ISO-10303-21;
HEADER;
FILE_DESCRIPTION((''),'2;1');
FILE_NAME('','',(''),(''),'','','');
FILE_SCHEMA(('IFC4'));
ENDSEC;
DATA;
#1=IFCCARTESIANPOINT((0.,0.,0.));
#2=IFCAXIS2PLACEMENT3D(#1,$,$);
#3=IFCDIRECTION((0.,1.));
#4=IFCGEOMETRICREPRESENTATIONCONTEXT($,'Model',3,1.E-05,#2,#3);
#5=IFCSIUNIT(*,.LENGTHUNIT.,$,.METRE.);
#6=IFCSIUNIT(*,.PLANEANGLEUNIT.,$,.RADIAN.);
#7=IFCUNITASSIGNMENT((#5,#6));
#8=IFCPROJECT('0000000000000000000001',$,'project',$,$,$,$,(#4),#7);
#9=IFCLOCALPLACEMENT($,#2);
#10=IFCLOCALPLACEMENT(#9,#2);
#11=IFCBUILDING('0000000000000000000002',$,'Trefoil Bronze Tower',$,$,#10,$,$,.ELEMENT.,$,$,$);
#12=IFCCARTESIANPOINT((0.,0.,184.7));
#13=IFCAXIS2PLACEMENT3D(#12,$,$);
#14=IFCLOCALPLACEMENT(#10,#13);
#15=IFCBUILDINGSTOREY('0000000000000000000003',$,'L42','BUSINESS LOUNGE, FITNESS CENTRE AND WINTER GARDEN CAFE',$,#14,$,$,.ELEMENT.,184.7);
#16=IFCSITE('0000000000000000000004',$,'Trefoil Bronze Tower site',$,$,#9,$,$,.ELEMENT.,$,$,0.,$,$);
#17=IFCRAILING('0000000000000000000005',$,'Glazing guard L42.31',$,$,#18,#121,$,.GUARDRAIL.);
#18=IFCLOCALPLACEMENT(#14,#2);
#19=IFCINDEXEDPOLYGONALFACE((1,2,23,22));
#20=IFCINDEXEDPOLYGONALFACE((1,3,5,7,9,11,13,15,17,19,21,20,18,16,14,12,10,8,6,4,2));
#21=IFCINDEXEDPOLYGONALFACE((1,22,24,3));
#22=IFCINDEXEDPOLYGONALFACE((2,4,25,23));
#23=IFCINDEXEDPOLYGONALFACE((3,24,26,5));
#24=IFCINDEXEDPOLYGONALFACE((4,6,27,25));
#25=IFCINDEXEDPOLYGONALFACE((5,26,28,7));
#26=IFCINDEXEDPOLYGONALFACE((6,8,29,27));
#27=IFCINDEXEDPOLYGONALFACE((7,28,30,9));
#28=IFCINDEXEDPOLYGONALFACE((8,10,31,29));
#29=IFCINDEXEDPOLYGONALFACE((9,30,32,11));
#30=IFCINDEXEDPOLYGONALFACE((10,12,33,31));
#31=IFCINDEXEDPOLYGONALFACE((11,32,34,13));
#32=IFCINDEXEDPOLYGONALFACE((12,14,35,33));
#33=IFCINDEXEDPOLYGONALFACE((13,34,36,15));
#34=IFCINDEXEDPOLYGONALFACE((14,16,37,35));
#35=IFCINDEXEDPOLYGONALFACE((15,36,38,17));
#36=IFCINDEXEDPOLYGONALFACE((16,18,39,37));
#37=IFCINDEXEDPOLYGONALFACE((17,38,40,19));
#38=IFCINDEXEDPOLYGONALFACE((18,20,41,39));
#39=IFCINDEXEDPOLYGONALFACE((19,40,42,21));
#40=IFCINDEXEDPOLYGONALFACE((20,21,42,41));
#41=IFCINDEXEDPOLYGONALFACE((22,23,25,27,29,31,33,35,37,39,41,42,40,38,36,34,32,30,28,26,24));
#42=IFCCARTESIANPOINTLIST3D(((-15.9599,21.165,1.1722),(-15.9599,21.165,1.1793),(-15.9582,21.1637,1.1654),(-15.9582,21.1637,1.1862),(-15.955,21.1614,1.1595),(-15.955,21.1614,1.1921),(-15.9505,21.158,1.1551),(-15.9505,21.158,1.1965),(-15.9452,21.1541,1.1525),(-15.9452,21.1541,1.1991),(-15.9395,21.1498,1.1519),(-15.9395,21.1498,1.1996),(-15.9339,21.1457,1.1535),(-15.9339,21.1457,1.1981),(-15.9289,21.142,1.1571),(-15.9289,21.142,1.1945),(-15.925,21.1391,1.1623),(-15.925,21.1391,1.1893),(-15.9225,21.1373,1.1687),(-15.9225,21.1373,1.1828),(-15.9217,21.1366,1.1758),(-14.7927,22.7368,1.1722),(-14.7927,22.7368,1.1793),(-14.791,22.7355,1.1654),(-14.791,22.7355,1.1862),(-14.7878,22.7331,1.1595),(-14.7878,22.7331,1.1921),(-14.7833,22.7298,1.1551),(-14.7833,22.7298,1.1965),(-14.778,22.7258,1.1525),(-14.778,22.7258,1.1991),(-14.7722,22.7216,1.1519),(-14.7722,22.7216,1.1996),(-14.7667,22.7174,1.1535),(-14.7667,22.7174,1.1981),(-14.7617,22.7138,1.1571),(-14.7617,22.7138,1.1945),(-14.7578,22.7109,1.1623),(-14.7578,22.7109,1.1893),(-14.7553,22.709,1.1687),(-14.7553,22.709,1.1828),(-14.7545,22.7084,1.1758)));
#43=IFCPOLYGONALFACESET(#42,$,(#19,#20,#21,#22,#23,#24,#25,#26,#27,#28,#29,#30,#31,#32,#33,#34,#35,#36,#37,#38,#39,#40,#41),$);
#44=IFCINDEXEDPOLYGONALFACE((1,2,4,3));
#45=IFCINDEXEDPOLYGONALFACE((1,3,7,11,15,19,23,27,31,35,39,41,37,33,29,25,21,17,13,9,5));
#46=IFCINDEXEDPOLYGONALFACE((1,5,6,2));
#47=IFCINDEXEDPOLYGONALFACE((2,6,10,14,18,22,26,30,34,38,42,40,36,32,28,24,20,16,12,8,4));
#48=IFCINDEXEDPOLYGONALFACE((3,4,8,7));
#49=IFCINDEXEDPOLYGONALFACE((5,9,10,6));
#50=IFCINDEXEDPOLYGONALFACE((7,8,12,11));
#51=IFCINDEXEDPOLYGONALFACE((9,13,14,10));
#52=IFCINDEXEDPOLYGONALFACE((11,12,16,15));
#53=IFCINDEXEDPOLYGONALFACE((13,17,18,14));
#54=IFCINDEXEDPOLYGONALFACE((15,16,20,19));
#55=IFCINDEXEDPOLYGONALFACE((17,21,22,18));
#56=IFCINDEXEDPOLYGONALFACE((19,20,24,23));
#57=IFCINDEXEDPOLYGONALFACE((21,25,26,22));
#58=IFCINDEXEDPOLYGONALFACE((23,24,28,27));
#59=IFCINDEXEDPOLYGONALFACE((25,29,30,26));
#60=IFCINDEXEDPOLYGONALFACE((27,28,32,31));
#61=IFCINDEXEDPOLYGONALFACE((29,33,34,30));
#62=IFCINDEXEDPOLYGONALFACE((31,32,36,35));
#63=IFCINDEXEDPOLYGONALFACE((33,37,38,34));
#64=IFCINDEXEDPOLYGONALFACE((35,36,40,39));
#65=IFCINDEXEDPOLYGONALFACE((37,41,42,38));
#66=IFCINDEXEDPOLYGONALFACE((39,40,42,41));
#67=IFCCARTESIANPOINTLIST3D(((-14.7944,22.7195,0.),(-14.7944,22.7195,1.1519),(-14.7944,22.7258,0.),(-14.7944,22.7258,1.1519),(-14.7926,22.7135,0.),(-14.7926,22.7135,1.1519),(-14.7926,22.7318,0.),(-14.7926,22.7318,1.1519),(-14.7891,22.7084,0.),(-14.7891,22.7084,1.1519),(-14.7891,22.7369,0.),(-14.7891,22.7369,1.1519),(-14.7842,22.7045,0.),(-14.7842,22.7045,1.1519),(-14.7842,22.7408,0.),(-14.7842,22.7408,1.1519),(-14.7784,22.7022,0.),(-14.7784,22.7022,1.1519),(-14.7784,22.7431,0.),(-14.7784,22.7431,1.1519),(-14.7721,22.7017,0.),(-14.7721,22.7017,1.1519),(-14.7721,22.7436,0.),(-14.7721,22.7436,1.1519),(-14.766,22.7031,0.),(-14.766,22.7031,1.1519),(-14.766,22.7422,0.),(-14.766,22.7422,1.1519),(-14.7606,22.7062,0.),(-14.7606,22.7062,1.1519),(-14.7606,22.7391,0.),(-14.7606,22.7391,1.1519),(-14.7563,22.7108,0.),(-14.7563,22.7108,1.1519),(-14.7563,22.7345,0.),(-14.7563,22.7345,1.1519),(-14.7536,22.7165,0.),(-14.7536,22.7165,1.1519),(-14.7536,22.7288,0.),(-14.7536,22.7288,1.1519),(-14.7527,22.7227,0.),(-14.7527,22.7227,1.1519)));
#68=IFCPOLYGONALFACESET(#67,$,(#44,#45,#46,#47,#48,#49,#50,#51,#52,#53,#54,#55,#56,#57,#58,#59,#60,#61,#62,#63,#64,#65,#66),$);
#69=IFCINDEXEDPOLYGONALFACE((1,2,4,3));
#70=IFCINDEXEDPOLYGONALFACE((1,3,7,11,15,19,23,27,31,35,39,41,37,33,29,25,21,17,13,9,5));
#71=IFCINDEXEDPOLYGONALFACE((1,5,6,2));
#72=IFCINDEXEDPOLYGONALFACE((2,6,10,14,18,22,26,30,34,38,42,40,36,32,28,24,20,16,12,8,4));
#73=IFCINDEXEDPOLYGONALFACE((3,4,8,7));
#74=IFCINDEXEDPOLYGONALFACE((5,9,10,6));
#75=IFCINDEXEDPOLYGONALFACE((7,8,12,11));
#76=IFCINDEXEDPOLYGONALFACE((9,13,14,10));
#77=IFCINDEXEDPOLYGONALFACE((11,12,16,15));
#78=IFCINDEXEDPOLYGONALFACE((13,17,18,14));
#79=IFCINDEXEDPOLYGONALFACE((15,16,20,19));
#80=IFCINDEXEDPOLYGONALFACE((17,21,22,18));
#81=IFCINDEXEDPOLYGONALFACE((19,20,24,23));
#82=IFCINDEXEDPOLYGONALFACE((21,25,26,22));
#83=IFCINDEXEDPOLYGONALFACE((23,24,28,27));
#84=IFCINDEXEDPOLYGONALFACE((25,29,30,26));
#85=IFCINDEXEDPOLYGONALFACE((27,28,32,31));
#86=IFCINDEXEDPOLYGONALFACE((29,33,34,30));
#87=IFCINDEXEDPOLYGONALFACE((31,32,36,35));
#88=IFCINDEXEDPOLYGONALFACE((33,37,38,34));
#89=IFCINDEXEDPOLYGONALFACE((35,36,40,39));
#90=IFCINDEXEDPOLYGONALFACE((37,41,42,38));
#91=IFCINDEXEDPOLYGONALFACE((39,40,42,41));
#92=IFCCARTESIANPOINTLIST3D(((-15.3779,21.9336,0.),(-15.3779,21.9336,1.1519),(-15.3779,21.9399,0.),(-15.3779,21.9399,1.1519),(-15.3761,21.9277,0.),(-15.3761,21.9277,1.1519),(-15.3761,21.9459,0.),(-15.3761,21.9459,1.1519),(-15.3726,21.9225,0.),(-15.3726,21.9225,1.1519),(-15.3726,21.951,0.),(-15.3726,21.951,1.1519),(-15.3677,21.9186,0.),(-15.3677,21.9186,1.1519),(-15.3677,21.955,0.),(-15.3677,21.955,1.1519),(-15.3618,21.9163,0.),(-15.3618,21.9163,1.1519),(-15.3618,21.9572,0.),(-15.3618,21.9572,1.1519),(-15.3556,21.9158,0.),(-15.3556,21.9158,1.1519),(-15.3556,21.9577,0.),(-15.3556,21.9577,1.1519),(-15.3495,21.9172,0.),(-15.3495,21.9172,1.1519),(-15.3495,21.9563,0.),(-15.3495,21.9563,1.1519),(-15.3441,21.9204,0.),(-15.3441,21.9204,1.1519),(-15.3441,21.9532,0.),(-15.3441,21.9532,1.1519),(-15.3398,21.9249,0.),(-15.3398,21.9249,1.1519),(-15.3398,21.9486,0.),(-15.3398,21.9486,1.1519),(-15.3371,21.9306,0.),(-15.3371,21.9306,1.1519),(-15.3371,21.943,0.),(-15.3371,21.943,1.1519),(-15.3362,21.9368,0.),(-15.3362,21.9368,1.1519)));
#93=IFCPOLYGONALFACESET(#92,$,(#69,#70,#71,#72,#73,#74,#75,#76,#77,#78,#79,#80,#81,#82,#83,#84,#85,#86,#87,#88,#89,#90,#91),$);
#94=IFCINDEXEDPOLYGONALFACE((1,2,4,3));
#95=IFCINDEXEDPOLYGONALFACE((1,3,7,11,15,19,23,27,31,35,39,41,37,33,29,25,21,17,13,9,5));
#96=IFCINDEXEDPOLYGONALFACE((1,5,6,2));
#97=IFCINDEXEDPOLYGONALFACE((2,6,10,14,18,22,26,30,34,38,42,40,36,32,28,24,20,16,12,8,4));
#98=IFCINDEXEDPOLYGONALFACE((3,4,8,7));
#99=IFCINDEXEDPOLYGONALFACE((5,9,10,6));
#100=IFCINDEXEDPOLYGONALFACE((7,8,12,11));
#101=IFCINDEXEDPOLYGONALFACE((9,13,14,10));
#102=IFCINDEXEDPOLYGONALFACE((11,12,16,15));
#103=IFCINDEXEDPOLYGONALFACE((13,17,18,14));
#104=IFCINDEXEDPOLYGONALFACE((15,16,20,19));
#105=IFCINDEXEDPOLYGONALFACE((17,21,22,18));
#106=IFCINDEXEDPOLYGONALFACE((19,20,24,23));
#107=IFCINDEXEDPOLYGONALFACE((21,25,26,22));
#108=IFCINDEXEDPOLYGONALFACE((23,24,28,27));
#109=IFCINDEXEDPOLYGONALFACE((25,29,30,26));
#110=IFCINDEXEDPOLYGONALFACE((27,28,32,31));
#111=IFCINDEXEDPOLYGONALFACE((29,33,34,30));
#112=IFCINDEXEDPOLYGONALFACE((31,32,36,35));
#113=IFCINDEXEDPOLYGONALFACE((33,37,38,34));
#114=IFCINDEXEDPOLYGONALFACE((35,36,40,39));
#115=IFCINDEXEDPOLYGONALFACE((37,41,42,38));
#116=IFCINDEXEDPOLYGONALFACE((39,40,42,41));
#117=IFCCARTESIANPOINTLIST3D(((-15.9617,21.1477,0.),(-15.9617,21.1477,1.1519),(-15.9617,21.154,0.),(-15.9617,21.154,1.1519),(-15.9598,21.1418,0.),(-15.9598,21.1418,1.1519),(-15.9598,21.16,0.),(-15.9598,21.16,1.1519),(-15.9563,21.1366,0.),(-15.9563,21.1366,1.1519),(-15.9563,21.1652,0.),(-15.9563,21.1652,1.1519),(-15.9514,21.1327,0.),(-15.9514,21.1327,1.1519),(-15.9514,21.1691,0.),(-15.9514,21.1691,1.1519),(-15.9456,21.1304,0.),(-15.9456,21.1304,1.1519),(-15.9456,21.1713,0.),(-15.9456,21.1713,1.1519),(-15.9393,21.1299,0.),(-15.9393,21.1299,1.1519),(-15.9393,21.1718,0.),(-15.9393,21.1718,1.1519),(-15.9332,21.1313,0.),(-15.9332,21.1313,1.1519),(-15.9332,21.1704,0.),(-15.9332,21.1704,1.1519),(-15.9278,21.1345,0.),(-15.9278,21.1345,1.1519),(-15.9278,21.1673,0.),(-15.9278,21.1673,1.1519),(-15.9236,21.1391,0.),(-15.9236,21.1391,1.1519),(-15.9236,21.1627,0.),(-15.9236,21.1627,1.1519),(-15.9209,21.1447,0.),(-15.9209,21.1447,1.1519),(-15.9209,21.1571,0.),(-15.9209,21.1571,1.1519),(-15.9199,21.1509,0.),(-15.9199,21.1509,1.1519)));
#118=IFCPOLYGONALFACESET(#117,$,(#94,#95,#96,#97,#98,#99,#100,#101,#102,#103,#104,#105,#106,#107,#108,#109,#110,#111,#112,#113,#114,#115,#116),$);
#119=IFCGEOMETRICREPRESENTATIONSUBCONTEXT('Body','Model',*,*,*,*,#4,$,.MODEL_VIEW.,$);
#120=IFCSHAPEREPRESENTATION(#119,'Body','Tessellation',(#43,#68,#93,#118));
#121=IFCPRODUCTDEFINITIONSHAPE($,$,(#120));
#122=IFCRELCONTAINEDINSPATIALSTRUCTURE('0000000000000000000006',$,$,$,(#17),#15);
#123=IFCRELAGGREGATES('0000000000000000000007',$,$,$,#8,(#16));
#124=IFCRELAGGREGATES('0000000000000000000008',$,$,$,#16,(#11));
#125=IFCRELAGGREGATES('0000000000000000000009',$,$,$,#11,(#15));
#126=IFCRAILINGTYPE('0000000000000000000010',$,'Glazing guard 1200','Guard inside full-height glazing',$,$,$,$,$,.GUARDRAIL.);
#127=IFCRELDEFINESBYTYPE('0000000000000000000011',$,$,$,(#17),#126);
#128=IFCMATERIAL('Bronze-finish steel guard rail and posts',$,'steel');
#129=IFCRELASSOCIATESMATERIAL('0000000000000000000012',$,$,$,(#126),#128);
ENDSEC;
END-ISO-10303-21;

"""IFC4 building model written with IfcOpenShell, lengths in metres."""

from ifc_helpers import new_model, si_unit, direction, frame, origin, origin_2d, place, context, subcontext, project, spatial, circle, extrude, material, type_object, element, save


model = new_model("IFC4")

# Units and contexts
model_context = context("Model", 3, precision=1e-05, world=origin(), true_north=direction((0.0, 1.0)))
body_context = subcontext(model_context, "Body", "Model", "MODEL_VIEW")
ifc_project = project(units=[si_unit("LENGTHUNIT", "METRE"), si_unit("PLANEANGLEUNIT", "RADIAN")], contexts=[model_context])

# Site, building, storey
site_placement = place(None, origin())
site = spatial("IfcSite", under=ifc_project, at=site_placement, Name="Trefoil Bronze Tower site", CompositionType="ELEMENT", RefElevation=0.0)
building_placement = place(site_placement, origin())
building = spatial("IfcBuilding", under=site, at=building_placement, Name="Trefoil Bronze Tower", CompositionType="ELEMENT")
storey_placement = place(building_placement, frame((0.0, 0.0, 184.7)))
storey = spatial("IfcBuildingStorey", under=building, at=storey_placement, Name="L42", Description="BUSINESS LOUNGE, FITNESS CENTRE AND WINTER GARDEN CAFE", CompositionType="ELEMENT", Elevation=184.7)

# Railing
ifc_material_1 = material(Name="Bronze-finish steel guard rail and posts", Category="steel")
railing_type = type_object("IfcRailingType", Name="Glazing guard 1200", Description="Guard inside full-height glazing", PredefinedType="GUARDRAIL", material=ifc_material_1)
railing_1_placement = place(storey_placement, frame((-14.7737, 22.7227, 0.0)))
element("IfcRailing", 1, at=railing_1_placement, inside=storey, type_object=railing_type, Name="Glazing guard L42.31", PredefinedType="GUARDRAIL", context=body_context, shape_type="SweptSolid", body=[
    extrude(circle(Radius=0.0239, at=origin_2d()), frame((0.0, 0.0, 1.1758), z_axis=(-0.596202, -0.802834, 0.0), x_axis=(0.802834, -0.596202, 0.0)), (0.0, 0.0, 1.0), 1.9578),
    extrude(circle(Radius=0.021, at=origin_2d()), origin(), (0.0, 0.0, 1.0), 1.1519),
    extrude(circle(Radius=0.021, at=origin_2d()), frame((-0.5835, -0.7859, 0.0)), (0.0, 0.0, 1.0), 1.1519),
    extrude(circle(Radius=0.021, at=origin_2d()), frame((-1.1672, -1.5718, 0.0)), (0.0, 0.0, 1.0), 1.1519),
])

save(model, "model.ifc")
